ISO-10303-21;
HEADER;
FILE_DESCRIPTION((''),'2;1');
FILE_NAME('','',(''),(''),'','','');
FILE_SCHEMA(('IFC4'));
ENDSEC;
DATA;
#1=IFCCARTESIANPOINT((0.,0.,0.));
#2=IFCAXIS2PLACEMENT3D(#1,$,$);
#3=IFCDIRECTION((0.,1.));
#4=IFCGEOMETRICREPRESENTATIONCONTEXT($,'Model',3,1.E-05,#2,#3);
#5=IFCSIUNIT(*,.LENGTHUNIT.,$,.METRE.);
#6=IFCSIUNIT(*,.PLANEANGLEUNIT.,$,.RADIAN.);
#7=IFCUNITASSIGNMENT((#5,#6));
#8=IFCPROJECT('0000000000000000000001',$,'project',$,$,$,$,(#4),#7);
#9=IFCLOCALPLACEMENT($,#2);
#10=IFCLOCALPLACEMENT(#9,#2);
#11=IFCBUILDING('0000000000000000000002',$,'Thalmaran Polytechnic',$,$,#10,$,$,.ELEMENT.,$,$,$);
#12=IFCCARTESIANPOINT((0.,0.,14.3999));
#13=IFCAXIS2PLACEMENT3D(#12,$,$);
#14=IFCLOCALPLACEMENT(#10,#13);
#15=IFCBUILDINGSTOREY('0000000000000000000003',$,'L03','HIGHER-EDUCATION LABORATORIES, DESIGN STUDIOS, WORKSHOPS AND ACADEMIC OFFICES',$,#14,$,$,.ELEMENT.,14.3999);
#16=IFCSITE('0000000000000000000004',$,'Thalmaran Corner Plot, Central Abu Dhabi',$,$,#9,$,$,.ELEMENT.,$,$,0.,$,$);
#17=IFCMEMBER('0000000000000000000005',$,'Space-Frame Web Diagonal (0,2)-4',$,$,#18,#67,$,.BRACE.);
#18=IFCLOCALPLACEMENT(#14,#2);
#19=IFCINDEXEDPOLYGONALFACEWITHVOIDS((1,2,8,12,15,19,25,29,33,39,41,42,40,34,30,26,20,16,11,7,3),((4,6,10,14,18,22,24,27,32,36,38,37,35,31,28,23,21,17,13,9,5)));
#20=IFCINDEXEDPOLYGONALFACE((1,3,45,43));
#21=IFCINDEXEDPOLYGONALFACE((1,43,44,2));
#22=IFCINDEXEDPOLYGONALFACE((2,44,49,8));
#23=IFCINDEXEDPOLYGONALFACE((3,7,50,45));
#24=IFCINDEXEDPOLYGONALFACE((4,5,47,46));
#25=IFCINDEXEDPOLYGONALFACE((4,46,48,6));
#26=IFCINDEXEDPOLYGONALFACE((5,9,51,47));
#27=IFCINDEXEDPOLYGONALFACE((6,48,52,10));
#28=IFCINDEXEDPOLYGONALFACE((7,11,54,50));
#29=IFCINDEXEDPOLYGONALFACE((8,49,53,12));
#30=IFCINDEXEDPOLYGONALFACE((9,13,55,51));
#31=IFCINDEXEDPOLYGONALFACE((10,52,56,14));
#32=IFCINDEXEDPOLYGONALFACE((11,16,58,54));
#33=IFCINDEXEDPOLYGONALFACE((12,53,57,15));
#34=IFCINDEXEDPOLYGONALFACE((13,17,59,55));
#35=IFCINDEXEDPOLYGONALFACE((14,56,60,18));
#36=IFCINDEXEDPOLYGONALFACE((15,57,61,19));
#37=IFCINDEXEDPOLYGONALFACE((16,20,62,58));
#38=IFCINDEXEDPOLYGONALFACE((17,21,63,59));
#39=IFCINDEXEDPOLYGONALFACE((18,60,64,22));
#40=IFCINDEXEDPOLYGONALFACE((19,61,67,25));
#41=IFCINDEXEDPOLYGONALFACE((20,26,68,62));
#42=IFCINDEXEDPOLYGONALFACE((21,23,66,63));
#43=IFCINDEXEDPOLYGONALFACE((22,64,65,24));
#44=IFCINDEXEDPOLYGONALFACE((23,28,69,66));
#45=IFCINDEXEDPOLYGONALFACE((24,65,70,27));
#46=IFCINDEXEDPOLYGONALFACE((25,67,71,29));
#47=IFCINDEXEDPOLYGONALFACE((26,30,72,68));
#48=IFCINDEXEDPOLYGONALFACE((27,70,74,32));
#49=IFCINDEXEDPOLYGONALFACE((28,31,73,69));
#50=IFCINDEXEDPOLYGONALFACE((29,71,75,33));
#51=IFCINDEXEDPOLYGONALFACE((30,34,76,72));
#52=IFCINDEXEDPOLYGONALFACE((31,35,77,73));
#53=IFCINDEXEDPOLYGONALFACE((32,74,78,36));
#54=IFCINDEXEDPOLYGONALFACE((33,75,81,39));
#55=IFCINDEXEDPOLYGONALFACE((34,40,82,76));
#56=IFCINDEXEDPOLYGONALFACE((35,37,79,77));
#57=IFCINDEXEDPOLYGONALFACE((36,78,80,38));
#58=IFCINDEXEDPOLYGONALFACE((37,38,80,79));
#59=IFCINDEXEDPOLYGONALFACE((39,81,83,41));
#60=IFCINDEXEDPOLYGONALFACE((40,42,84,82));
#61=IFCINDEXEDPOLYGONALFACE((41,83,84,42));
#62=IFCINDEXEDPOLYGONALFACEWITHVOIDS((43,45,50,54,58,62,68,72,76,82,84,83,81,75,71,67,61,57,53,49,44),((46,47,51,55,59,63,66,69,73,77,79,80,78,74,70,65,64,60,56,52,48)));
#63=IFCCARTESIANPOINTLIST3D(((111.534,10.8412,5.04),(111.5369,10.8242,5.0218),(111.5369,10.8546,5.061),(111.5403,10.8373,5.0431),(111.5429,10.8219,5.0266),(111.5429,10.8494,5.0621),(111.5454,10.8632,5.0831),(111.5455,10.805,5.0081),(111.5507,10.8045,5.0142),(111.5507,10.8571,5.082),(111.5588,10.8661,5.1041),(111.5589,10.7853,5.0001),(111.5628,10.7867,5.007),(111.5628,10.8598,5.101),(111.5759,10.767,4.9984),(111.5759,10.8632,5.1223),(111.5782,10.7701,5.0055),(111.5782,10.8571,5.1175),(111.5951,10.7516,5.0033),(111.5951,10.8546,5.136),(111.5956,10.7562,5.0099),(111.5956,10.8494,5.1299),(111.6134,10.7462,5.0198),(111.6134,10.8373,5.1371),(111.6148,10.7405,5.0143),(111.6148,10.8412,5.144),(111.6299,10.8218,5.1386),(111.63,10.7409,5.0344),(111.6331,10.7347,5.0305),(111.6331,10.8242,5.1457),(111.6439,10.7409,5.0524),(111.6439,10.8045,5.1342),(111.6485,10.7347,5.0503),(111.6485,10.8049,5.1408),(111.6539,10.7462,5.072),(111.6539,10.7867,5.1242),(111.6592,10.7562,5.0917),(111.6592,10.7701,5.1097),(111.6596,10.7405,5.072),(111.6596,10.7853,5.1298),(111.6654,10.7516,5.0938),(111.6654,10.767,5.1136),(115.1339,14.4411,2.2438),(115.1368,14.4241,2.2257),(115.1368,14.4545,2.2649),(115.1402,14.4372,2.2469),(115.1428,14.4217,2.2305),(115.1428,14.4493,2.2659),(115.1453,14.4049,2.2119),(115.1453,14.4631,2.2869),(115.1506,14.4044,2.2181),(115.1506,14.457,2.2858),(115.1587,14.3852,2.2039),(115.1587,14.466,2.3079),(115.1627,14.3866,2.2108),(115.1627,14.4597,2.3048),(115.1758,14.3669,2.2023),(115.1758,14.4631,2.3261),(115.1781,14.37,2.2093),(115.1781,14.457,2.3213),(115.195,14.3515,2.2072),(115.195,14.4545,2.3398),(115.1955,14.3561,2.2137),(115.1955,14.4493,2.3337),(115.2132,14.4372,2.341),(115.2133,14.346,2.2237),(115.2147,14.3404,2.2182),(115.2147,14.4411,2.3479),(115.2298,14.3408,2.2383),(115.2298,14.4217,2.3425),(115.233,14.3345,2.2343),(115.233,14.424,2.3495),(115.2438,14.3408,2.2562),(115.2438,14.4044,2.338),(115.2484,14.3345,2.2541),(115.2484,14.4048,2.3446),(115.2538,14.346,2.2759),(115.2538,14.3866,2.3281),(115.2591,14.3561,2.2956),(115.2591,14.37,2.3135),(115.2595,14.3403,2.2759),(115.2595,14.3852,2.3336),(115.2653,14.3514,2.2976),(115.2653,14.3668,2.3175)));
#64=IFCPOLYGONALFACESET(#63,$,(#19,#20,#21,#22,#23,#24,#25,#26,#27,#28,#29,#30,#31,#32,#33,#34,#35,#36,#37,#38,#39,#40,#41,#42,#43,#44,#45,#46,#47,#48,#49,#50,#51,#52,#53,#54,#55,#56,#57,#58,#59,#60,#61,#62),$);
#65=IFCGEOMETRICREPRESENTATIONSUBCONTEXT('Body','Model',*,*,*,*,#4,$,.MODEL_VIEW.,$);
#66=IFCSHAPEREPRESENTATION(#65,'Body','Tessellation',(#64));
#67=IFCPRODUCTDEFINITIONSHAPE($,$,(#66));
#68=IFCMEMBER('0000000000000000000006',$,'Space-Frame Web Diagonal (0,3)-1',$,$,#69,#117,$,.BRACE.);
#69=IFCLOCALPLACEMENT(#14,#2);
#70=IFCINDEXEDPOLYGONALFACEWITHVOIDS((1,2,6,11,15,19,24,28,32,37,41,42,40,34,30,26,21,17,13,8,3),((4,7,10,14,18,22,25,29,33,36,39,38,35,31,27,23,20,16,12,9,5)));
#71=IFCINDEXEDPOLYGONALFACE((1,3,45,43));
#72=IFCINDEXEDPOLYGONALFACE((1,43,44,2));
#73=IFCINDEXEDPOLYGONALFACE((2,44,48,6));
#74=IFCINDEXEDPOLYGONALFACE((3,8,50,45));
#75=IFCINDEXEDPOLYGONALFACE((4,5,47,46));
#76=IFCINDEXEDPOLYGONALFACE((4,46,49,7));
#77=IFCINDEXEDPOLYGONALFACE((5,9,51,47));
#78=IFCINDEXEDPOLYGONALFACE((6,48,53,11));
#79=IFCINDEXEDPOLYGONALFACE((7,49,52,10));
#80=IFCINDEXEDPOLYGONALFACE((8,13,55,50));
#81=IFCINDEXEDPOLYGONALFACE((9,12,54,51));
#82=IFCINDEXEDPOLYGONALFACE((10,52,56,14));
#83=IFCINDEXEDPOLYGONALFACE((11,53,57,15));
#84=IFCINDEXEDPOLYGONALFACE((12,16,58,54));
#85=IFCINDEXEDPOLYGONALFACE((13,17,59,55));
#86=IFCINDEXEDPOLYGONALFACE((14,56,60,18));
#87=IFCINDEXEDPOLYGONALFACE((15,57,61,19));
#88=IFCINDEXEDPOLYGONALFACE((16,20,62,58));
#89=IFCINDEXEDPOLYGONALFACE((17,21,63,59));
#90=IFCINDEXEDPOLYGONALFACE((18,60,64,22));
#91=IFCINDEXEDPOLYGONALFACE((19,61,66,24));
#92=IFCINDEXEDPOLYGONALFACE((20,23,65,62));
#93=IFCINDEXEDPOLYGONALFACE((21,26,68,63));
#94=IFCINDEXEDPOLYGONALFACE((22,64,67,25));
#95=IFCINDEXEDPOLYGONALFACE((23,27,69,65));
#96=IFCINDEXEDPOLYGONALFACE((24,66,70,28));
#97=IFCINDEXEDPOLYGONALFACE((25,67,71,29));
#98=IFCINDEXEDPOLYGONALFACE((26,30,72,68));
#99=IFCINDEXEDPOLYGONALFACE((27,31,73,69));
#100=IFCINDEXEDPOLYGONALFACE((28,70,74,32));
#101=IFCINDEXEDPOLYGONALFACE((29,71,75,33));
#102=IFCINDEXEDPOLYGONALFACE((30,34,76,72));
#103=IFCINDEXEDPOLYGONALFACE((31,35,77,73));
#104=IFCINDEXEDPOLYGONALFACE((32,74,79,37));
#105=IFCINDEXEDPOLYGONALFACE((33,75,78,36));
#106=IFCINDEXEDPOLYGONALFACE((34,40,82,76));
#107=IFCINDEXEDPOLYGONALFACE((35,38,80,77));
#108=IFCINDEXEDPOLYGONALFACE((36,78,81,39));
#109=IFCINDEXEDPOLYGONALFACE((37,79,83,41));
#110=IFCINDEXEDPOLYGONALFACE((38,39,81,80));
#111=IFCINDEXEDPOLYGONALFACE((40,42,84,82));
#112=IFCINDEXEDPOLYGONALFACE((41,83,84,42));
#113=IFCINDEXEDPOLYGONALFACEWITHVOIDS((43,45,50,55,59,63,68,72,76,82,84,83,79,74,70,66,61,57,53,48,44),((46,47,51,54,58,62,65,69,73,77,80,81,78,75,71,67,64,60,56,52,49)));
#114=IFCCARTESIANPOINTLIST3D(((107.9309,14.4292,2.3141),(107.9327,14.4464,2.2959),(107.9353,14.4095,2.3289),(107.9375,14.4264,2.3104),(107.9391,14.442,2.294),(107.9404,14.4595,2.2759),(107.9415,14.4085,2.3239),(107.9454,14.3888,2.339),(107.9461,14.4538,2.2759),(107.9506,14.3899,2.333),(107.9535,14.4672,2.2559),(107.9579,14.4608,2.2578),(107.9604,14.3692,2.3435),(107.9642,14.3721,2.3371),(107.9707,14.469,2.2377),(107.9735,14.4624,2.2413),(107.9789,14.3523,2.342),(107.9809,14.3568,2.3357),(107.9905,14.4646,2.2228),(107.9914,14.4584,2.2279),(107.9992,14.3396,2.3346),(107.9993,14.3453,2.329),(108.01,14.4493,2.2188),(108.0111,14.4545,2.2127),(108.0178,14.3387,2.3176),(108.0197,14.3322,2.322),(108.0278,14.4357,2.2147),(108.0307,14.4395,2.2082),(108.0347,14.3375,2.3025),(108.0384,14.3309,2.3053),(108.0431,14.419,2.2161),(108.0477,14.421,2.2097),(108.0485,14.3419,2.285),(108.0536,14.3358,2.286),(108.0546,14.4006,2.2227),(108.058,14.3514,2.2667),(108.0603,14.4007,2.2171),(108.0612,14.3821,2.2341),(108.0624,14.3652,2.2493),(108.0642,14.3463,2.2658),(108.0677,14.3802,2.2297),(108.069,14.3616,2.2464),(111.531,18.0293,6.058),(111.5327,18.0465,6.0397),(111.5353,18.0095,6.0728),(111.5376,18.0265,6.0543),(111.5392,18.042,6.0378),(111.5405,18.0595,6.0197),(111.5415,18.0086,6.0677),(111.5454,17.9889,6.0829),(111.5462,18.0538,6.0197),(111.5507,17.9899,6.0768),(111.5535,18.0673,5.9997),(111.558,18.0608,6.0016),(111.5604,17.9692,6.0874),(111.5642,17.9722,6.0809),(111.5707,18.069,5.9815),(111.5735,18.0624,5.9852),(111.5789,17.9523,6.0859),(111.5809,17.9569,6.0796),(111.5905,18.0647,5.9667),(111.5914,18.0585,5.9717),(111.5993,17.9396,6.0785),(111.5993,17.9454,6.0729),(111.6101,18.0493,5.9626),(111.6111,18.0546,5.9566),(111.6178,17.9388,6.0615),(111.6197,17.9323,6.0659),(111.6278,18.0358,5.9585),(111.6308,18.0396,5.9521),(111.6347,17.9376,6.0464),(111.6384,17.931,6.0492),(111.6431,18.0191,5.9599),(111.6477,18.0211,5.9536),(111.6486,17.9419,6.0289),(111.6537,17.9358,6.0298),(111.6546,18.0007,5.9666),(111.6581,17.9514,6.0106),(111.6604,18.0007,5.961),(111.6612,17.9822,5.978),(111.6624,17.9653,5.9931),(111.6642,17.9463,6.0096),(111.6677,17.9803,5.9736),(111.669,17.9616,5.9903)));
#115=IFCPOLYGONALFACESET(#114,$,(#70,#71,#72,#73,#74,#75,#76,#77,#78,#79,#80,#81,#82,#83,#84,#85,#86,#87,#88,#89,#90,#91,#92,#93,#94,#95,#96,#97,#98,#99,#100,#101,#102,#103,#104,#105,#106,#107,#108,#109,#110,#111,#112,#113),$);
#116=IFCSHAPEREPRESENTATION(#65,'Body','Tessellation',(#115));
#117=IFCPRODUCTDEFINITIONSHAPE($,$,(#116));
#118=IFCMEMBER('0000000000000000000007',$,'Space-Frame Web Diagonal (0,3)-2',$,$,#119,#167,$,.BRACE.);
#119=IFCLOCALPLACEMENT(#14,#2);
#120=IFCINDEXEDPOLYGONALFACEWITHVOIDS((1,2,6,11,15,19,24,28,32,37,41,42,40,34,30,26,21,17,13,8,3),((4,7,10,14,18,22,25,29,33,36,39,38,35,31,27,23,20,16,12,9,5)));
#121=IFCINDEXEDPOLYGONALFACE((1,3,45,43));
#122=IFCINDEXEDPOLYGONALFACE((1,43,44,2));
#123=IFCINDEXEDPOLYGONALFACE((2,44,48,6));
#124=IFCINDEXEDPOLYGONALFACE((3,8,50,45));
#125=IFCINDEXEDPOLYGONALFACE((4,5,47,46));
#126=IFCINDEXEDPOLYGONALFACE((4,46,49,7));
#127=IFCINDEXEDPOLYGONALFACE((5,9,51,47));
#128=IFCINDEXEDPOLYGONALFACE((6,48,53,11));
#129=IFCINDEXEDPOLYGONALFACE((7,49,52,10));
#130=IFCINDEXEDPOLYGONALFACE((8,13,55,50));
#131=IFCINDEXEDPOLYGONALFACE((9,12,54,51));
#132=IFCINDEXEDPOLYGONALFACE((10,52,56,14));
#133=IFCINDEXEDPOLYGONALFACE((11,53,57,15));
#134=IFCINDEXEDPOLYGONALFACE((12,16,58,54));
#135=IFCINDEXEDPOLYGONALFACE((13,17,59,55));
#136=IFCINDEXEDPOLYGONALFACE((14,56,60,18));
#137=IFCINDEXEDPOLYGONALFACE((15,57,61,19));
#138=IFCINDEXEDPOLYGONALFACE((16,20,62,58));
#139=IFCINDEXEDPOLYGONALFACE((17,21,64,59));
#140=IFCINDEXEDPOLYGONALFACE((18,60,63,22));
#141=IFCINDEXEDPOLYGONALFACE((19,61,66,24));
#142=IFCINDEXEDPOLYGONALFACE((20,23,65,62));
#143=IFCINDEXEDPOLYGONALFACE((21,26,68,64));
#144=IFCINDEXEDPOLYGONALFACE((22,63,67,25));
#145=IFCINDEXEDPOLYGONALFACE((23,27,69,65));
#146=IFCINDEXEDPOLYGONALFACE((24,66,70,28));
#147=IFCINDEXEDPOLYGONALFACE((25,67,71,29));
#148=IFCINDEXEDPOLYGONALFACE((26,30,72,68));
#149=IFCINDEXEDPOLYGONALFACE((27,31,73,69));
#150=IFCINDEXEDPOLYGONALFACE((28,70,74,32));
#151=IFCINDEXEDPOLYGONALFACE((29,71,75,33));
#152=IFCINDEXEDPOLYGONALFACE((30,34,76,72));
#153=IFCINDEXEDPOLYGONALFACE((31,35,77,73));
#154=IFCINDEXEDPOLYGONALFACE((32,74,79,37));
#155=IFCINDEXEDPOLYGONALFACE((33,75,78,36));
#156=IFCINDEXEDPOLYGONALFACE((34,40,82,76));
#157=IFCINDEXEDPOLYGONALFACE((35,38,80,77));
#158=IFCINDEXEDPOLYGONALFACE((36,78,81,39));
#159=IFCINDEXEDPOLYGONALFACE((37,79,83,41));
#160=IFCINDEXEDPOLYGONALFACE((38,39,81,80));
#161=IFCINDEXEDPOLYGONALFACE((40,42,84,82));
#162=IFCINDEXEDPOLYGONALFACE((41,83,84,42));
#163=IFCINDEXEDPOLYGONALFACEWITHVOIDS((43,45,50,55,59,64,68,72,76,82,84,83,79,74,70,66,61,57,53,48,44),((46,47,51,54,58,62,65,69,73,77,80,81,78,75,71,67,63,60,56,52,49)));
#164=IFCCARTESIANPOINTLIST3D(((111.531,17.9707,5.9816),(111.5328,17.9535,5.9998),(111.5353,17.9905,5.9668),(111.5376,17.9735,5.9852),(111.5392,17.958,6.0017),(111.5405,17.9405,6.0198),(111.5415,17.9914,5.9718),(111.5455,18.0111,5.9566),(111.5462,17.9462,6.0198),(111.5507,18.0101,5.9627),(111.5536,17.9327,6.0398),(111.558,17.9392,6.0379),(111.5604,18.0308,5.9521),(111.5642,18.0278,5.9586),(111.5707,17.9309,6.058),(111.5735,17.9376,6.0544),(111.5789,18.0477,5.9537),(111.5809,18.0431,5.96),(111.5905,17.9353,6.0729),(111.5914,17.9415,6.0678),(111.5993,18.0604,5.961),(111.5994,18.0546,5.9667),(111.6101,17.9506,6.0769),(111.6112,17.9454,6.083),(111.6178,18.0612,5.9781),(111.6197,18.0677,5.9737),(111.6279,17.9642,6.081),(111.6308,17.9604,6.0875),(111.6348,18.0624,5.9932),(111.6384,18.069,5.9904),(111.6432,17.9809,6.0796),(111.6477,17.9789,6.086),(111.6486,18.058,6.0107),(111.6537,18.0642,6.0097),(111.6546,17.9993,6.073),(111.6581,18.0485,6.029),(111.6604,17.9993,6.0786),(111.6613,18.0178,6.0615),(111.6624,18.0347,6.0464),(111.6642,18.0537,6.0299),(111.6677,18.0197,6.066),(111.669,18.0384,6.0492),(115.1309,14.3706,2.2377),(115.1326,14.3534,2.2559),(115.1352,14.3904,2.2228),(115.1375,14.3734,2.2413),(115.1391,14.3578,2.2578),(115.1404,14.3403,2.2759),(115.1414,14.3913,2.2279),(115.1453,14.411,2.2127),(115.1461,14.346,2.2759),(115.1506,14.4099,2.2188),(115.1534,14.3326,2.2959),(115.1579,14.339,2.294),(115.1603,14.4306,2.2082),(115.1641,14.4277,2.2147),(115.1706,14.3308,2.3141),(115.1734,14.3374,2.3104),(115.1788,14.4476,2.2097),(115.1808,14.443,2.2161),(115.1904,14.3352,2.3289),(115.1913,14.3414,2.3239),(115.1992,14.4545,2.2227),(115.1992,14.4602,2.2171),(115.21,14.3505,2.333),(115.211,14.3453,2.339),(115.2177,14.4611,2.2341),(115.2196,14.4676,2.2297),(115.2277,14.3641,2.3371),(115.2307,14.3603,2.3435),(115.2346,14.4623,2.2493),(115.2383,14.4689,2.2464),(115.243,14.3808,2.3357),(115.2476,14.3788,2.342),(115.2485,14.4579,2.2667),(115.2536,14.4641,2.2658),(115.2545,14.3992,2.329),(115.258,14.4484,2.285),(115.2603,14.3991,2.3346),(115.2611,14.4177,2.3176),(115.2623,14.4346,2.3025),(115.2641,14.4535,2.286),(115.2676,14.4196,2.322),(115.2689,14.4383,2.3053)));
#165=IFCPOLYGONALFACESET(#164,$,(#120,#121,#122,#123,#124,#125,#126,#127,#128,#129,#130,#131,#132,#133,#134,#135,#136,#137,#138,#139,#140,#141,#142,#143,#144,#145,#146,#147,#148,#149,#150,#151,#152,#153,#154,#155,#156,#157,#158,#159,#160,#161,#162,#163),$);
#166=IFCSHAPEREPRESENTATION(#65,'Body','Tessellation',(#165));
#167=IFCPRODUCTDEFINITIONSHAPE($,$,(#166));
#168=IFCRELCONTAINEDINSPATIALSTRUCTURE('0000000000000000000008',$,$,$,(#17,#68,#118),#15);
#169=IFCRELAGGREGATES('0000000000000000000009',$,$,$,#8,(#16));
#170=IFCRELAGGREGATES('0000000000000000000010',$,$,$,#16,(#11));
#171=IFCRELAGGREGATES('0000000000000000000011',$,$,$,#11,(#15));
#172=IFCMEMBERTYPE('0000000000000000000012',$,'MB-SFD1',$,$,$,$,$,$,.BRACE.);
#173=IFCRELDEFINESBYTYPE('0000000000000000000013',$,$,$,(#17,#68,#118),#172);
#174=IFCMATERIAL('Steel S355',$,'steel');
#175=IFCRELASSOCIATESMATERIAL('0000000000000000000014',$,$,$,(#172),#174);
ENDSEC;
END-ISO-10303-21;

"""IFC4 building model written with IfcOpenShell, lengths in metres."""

from ifc_helpers import new_model, si_unit, direction, frame, origin, origin_2d, place, context, subcontext, project, spatial, hollow_circle, extrude, material, material_profile, profile_set, type_object, element, save


model = new_model("IFC4")

# Units and contexts
model_context = context("Model", 3, precision=1e-05, world=origin(), true_north=direction((0.0, 1.0)))
body_context = subcontext(model_context, "Body", "Model", "MODEL_VIEW")
ifc_project = project(units=[si_unit("LENGTHUNIT", "METRE"), si_unit("PLANEANGLEUNIT", "RADIAN")], contexts=[model_context])

# Site, building, storey
site_placement = place(None, origin())
site = spatial("IfcSite", under=ifc_project, at=site_placement, Name="Thalmaran Corner Plot, Central Abu Dhabi", CompositionType="ELEMENT", RefElevation=0.0)
building_placement = place(site_placement, origin())
building = spatial("IfcBuilding", under=site, at=building_placement, Name="Thalmaran Polytechnic", CompositionType="ELEMENT")
storey_placement = place(building_placement, frame((0.0, 0.0, 14.3999)))
storey = spatial("IfcBuildingStorey", under=building, at=storey_placement, Name="L03", Description="HIGHER-EDUCATION LABORATORIES, DESIGN STUDIOS, WORKSHOPS AND ACADEMIC OFFICES", CompositionType="ELEMENT", Elevation=14.3999)

# Shared definitions
ifc_material_1 = material(Name="Steel S355", Category="steel")

# Members
ifc_material_profile_1 = material_profile(ifc_material_1, hollow_circle(Radius=0.0842, WallThickness=0.0081, at=origin_2d()), Name="CHS 168.3x8.0")
ifc_profile_set_1 = profile_set([ifc_material_profile_1], Name="Steel S355")
member_type_1 = type_object("IfcMemberType", Name="MB-SFD1", PredefinedType="BRACE", material=ifc_profile_set_1)
for number, where, z_axis, x_axis, name in (
    (1, (115.2, 14.3999, 2.2759), (-0.619778, -0.619778, 0.481405), (0.707107, -0.707107, 0.0), "Space-Frame Web Diagonal (0,2)-4"),
):
    element("IfcMember", number, at=place(storey_placement, frame(where, z_axis=z_axis, x_axis=x_axis)), inside=storey, type_object=member_type_1, Name=name, PredefinedType="BRACE", context=body_context, shape_type="SweptSolid", body=[
        extrude(hollow_circle(Radius=0.0842, WallThickness=0.0081, at=origin_2d()), origin(), (0.0, 0.0, 1.0), 5.8083),
    ])
for number, where, z_axis, x_axis, name in (
    (2, (108.0, 14.3999, 2.2759), (0.569666, 0.569666, 0.59242), (-0.707107, 0.707107, 0.0), "Space-Frame Web Diagonal (0,3)-1"),
    (3, (115.2, 14.3999, 2.2759), (-0.56964, 0.569678, 0.592433), (-0.707131, -0.707083, 0.0), "Space-Frame Web Diagonal (0,3)-2"),
):
    element("IfcMember", number, at=place(storey_placement, frame(where, z_axis=z_axis, x_axis=x_axis)), inside=storey, type_object=member_type_1, Name=name, PredefinedType="BRACE", context=body_context, shape_type="SweptSolid", body=[
        extrude(hollow_circle(Radius=0.0842, WallThickness=0.0081, at=origin_2d()), origin(), (0.0, 0.0, 1.0), 6.3196),
    ])

save(model, "model.ifc")
